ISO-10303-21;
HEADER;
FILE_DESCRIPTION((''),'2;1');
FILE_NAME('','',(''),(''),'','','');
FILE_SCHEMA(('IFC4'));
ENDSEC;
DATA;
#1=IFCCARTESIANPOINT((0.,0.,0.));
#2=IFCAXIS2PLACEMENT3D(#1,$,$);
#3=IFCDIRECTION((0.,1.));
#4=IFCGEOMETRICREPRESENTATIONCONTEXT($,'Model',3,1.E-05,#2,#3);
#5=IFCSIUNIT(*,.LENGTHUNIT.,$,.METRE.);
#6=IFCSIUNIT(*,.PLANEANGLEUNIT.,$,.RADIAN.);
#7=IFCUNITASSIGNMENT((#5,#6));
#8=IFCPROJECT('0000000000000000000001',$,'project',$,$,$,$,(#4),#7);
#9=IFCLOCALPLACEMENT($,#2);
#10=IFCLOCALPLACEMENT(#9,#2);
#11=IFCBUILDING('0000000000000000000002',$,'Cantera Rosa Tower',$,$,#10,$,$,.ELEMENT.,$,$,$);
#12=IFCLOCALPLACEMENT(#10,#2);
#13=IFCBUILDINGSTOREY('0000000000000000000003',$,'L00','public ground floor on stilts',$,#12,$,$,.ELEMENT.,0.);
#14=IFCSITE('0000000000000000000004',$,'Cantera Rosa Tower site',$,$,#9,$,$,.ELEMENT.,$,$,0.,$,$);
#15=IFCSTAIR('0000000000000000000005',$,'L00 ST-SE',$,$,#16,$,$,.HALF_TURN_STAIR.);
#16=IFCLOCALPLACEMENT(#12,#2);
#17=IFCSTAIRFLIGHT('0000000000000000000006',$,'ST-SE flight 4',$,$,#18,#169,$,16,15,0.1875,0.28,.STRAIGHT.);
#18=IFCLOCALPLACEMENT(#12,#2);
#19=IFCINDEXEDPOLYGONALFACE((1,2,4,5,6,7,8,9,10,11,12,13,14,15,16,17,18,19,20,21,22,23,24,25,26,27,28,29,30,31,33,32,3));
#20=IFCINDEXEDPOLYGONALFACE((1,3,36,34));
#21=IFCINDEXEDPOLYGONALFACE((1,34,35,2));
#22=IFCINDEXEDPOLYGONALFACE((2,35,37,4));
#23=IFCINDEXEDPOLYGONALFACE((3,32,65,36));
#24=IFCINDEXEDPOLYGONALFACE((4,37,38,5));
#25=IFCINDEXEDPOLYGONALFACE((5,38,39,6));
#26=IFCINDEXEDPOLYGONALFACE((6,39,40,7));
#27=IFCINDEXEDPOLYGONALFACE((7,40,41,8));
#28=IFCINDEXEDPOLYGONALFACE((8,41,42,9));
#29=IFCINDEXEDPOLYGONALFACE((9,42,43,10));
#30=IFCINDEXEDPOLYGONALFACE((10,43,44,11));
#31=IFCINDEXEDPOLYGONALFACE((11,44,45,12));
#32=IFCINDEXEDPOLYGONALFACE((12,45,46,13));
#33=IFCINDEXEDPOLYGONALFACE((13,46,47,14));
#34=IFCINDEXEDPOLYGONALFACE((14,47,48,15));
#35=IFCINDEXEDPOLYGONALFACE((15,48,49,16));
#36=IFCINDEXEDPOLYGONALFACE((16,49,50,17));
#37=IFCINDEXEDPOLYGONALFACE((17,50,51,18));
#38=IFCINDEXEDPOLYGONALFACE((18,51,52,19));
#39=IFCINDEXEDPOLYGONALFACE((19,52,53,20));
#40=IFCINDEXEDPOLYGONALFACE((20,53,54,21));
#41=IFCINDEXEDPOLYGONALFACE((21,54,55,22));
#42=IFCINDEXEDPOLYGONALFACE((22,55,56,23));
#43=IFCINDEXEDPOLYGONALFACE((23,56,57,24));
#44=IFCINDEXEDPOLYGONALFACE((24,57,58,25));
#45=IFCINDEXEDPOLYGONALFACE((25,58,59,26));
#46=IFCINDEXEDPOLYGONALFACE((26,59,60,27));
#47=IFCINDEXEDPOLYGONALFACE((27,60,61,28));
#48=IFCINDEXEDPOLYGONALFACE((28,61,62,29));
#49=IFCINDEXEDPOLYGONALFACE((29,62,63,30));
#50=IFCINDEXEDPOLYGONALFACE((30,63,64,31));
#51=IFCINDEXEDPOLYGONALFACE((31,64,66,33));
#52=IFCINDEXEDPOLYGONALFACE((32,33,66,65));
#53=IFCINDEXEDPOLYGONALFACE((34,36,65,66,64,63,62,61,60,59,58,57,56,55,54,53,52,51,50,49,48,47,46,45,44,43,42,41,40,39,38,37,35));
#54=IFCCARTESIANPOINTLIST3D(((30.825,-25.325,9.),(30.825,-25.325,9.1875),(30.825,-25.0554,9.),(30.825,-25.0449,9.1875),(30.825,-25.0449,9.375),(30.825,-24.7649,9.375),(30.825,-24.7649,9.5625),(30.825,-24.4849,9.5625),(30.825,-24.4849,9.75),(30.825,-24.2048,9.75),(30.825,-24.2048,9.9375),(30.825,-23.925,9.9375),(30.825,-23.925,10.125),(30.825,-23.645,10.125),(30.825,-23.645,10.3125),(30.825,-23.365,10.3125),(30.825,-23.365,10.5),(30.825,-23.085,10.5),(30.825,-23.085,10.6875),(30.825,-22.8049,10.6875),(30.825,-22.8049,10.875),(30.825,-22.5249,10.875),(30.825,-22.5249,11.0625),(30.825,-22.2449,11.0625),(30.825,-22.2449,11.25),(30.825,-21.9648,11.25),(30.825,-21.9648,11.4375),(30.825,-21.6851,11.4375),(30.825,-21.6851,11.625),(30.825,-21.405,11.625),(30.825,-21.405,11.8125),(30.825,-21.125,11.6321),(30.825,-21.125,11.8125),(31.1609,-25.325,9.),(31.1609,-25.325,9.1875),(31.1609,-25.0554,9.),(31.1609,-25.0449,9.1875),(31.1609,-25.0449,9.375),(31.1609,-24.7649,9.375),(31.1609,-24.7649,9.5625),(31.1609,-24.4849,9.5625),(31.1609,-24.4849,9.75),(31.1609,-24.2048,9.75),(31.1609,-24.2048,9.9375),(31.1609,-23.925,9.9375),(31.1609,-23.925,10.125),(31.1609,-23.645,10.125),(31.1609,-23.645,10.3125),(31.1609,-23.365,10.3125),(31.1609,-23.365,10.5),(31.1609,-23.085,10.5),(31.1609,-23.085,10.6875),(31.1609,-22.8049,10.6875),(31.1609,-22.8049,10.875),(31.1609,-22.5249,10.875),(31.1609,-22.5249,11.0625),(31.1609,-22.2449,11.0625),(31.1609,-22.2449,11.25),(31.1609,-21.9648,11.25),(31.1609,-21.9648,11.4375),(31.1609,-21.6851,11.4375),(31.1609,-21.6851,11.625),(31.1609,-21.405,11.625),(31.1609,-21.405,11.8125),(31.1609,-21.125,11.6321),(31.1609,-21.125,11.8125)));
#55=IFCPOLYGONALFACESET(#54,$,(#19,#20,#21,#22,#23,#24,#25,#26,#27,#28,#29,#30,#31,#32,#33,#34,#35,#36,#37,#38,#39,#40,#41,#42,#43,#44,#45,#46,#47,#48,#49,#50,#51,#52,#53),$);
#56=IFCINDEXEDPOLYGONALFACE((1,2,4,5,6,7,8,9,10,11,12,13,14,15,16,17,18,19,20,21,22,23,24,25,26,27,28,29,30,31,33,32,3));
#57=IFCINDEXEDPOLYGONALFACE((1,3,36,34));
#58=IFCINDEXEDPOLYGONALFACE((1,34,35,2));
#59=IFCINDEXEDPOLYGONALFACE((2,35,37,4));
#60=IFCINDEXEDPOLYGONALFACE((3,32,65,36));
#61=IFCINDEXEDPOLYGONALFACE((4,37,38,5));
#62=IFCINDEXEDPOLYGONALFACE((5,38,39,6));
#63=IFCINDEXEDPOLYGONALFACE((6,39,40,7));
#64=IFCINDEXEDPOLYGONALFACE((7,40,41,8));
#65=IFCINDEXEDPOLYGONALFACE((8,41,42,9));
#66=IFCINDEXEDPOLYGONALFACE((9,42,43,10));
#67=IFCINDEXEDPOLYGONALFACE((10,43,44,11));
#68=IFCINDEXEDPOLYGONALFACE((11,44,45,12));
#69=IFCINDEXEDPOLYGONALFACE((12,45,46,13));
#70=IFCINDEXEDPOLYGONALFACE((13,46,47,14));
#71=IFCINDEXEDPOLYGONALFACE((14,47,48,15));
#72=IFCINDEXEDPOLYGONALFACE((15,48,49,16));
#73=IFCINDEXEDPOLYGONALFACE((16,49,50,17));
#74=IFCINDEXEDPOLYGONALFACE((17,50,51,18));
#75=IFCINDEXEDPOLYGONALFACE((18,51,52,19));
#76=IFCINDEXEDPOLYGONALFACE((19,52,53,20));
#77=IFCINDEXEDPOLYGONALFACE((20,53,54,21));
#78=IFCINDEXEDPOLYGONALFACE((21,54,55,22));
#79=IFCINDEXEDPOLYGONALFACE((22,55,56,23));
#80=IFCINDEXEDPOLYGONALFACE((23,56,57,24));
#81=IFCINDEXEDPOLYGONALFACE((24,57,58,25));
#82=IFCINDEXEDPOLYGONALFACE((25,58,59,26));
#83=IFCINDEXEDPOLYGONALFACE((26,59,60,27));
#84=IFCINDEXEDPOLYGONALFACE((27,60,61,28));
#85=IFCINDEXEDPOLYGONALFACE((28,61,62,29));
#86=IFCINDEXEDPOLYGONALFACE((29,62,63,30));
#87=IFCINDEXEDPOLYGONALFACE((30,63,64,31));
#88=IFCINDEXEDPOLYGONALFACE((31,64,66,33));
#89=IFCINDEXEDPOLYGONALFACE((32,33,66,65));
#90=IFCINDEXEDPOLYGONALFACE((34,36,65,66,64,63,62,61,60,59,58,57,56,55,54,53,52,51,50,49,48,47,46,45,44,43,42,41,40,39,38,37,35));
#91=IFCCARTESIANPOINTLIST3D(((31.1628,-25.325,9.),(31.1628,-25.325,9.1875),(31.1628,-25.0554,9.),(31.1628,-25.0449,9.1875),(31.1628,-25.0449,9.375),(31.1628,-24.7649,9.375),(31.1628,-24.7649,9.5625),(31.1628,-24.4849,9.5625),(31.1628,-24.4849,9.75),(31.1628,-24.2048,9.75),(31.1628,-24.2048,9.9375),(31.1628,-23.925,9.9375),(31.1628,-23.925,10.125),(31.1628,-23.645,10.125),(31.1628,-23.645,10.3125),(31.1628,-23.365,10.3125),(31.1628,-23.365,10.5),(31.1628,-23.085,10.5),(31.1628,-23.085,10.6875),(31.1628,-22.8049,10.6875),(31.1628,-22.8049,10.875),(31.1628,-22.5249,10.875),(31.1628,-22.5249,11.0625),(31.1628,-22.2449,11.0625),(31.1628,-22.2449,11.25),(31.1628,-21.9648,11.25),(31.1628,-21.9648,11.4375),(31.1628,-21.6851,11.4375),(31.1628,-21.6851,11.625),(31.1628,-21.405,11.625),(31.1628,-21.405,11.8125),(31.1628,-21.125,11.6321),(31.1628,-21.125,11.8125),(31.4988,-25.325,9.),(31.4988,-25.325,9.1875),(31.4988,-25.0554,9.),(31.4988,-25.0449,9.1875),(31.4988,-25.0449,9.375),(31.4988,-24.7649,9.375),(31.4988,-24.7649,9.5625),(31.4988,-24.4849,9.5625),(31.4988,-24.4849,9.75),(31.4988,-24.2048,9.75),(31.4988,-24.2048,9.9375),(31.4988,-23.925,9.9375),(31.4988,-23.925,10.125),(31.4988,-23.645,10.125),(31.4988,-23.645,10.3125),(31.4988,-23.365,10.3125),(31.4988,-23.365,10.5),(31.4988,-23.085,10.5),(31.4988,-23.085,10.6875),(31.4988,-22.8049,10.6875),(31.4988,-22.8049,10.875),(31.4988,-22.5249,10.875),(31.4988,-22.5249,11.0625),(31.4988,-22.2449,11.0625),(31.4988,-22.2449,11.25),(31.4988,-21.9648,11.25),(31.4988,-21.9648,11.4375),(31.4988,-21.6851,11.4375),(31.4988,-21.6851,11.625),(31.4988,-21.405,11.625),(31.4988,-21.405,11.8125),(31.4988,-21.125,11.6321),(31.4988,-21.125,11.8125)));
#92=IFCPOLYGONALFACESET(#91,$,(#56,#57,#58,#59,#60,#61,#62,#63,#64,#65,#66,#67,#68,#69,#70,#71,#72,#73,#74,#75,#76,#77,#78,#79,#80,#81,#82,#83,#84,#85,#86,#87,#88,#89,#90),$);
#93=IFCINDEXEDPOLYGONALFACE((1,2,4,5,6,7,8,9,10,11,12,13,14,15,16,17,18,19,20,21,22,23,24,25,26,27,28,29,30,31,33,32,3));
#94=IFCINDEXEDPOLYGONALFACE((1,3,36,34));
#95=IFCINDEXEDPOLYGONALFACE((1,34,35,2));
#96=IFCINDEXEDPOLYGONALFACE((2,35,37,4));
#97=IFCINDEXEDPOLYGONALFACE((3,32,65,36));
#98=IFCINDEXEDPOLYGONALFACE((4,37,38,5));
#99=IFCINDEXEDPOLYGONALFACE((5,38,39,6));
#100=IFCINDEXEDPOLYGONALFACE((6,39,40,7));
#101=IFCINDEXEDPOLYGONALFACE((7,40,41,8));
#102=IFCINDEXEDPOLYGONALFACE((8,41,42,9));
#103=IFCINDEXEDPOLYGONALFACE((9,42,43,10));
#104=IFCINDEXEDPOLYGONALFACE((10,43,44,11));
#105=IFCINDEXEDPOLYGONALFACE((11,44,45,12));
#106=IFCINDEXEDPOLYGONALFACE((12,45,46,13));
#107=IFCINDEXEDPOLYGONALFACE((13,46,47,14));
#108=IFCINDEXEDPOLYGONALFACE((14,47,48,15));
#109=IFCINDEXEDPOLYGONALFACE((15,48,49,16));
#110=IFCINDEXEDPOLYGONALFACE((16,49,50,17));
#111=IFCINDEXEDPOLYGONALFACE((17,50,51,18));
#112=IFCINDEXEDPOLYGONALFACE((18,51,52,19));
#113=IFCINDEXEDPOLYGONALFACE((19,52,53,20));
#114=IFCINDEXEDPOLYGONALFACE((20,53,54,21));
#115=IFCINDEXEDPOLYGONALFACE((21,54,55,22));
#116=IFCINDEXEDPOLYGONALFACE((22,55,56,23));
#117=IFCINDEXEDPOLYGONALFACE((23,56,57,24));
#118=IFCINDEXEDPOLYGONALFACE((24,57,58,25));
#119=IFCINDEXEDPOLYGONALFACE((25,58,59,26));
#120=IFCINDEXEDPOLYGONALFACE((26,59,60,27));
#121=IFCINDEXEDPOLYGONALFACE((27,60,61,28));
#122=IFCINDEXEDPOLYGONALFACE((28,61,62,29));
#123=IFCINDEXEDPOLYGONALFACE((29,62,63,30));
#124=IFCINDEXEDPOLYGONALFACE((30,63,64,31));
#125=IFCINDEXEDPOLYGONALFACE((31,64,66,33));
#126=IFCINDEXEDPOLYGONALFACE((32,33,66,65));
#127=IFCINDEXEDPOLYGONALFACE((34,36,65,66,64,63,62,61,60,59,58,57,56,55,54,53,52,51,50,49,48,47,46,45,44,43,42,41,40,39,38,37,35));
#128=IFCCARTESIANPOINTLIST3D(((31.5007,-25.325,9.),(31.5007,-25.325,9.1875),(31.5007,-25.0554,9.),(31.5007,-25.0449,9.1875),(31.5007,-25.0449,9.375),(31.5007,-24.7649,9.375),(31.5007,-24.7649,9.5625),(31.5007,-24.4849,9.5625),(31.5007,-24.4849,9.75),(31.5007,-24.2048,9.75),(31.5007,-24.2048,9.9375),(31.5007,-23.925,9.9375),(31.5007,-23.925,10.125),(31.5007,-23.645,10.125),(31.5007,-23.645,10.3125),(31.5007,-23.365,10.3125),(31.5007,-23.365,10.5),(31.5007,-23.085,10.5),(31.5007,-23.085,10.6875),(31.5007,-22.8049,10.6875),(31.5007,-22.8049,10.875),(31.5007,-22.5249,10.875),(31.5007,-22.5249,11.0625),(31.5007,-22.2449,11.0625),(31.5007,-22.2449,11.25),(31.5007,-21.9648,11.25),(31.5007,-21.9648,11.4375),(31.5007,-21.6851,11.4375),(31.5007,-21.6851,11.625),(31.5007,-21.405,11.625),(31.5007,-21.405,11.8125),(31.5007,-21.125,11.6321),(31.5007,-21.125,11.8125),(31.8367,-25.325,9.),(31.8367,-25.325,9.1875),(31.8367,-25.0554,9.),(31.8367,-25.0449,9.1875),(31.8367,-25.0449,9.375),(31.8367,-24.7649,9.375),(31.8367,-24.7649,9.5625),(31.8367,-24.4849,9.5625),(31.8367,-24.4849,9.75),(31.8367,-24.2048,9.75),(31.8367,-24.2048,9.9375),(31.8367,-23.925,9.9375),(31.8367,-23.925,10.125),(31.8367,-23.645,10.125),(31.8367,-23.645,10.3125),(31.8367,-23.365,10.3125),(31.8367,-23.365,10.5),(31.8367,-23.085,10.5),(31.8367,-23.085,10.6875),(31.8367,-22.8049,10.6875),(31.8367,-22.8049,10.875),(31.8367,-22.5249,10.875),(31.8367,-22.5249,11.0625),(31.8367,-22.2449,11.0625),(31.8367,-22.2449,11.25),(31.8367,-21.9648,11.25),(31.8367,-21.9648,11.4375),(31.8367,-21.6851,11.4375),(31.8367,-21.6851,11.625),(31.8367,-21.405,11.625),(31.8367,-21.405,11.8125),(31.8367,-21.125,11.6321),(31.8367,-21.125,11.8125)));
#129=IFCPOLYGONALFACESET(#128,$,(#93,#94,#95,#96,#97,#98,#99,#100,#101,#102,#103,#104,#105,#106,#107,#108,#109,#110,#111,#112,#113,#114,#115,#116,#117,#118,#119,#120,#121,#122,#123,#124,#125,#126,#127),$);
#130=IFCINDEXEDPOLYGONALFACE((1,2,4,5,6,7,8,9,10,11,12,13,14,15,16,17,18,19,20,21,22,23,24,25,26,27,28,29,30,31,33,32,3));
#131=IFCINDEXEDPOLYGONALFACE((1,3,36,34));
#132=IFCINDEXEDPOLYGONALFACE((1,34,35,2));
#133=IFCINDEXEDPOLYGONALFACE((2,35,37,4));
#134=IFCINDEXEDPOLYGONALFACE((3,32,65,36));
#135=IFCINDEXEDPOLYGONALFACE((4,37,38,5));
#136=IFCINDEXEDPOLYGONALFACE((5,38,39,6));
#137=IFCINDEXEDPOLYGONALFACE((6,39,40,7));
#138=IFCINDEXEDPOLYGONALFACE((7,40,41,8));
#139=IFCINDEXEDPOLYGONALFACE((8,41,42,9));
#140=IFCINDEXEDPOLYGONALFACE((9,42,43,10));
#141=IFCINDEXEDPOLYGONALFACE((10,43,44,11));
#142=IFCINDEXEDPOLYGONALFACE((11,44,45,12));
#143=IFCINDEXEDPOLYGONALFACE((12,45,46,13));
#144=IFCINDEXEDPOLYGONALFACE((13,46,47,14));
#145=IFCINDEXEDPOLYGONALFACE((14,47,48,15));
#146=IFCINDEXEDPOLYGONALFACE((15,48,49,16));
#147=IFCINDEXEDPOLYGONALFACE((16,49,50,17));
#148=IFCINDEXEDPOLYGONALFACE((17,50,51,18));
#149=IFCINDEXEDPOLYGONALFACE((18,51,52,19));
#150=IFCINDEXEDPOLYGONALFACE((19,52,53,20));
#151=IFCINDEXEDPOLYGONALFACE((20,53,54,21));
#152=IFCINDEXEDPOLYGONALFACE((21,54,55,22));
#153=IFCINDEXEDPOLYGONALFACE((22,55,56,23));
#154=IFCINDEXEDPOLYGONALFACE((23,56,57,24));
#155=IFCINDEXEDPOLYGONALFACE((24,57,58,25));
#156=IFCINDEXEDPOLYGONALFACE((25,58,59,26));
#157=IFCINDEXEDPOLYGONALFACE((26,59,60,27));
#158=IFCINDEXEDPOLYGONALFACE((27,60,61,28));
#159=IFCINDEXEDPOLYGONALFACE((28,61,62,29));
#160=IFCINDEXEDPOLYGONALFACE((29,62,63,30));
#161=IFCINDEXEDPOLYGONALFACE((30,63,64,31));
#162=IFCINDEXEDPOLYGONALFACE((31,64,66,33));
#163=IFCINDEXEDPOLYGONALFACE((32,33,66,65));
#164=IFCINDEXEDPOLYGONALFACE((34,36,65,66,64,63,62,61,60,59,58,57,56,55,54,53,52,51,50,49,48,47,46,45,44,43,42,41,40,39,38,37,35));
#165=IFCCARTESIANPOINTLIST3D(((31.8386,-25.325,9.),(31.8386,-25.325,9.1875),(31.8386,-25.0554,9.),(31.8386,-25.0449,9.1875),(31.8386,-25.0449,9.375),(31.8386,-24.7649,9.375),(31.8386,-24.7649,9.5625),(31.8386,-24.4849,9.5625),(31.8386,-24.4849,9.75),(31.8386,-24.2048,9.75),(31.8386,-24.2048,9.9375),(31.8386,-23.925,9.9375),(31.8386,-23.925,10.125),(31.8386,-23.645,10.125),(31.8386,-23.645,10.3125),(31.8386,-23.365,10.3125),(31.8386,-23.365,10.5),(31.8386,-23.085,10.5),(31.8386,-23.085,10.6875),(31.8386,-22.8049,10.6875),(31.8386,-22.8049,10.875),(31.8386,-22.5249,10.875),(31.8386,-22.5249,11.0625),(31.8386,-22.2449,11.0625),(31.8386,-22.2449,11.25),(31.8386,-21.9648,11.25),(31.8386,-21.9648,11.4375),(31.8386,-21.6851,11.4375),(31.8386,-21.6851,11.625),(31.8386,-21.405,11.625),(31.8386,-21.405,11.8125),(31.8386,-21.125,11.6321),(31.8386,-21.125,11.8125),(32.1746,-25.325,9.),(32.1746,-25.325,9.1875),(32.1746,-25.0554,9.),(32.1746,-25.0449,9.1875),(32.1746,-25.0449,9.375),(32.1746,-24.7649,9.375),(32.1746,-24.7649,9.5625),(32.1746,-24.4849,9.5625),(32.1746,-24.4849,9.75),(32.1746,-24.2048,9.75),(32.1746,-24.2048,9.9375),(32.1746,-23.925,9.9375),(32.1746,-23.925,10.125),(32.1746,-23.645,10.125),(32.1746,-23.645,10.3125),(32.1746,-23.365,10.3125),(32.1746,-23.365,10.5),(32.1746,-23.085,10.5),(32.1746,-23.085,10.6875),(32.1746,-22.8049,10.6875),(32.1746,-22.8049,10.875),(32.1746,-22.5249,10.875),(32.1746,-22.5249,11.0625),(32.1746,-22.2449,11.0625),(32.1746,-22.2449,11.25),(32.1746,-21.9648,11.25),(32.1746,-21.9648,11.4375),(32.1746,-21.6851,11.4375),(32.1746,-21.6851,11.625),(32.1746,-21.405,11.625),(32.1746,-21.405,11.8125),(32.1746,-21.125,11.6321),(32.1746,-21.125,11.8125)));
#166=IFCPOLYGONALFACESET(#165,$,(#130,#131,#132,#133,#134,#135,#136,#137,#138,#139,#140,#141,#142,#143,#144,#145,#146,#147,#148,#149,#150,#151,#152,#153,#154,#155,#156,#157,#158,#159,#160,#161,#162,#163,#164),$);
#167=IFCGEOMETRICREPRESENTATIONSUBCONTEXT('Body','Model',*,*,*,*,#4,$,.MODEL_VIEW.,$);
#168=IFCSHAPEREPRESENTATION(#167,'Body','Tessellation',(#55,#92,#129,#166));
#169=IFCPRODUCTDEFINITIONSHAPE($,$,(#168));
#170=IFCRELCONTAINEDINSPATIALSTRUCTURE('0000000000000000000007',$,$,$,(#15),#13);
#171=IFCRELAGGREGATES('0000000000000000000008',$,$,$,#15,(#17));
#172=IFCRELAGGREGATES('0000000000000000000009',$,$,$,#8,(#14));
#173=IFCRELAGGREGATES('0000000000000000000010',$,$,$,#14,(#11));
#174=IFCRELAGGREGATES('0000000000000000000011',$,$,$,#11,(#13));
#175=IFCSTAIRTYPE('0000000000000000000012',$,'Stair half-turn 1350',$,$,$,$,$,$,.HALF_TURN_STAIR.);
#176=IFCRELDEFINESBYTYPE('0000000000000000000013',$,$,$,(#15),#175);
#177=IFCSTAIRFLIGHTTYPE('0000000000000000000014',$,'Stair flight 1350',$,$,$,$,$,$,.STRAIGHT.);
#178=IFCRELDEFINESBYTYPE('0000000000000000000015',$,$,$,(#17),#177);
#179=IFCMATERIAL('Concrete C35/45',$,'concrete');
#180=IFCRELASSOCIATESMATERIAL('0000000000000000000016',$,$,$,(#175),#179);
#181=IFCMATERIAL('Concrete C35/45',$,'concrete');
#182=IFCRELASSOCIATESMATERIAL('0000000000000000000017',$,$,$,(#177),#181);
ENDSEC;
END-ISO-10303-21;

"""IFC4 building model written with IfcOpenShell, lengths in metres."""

from ifc_helpers import new_model, si_unit, direction, frame, origin, place, context, subcontext, project, spatial, polyline, outline, extrude, material, type_object, element, aggregate, save


model = new_model("IFC4")

# Units and contexts
model_context = context("Model", 3, precision=1e-05, world=origin(), true_north=direction((0.0, 1.0)))
body_context = subcontext(model_context, "Body", "Model", "MODEL_VIEW")
ifc_project = project(units=[si_unit("LENGTHUNIT", "METRE"), si_unit("PLANEANGLEUNIT", "RADIAN")], contexts=[model_context])

# Site, building, storey
site_placement = place(None, origin())
site = spatial("IfcSite", under=ifc_project, at=site_placement, Name="Cantera Rosa Tower site", CompositionType="ELEMENT", RefElevation=0.0)
building_placement = place(site_placement, origin())
building = spatial("IfcBuilding", under=site, at=building_placement, Name="Cantera Rosa Tower", CompositionType="ELEMENT")
storey_placement = place(building_placement, origin())
storey = spatial("IfcBuildingStorey", under=building, at=storey_placement, Name="L00", Description="public ground floor on stilts", CompositionType="ELEMENT", Elevation=0.0)

# Stair, stair flight
ifc_material_1 = material(Name="Concrete C35/45", Category="concrete")
stair_type = type_object("IfcStairType", Name="Stair half-turn 1350", PredefinedType="HALF_TURN_STAIR", material=ifc_material_1)
stair_placement = place(storey_placement, origin())
stair = element("IfcStair", 1, at=stair_placement, inside=storey, type_object=stair_type, Name="L00 ST-SE", PredefinedType="HALF_TURN_STAIR")
ifc_material_2 = material(Name="Concrete C35/45", Category="concrete")
stair_flight_type = type_object("IfcStairFlightType", Name="Stair flight 1350", PredefinedType="STRAIGHT", material=ifc_material_2)
stair_flight_1_placement = place(storey_placement, frame((31.5, -25.325, 9.0), z_axis=(0.0, 0.0, 1.0), x_axis=(0.0, 1.0, 0.0)))
stair_flight_1 = element("IfcStairFlight", 2, at=stair_flight_1_placement, type_object=stair_flight_type, Name="ST-SE flight 4", NumberOfRisers=16, NumberOfTreads=15, PredefinedType="STRAIGHT", RiserHeight=0.1875, TreadLength=0.28, context=body_context, shape_type="SweptSolid", body=[
    extrude(outline(polyline([(0.0, 0.0), (0.0, 0.1875), (0.28, 0.1875), (0.28, 0.375), (0.5601, 0.375), (0.5601, 0.5625), (0.8401, 0.5625), (0.8401, 0.75), (1.1201, 0.75), (1.1201, 0.9375), (1.3999, 0.9375), (1.3999, 1.125), (1.6799, 1.125), (1.6799, 1.3125), (1.96, 1.3125), (1.96, 1.5), (2.24, 1.5), (2.24, 1.6875), (2.52, 1.6875), (2.52, 1.875), (2.8, 1.875), (2.8, 2.0625), (3.0801, 2.0625), (3.0801, 2.25), (3.3601, 2.25), (3.3601, 2.4375), (3.6399, 2.4375), (3.6399, 2.625), (3.9199, 2.625), (3.9199, 2.8125), (4.2, 2.8125), (4.2, 3.0), (4.2, 2.6321), (0.2695, 0.0), (0.0, 0.0)])), frame((0.0, 0.675, 0.0), z_axis=(0.0, -1.0, 0.0), x_axis=(1.0, 0.0, 0.0)), (0.0, 0.0, 1.0), 0.3359),
    extrude(outline(polyline([(0.0, 0.0), (0.0, 0.1875), (0.28, 0.1875), (0.28, 0.375), (0.5601, 0.375), (0.5601, 0.5625), (0.8401, 0.5625), (0.8401, 0.75), (1.1201, 0.75), (1.1201, 0.9375), (1.3999, 0.9375), (1.3999, 1.125), (1.6799, 1.125), (1.6799, 1.3125), (1.96, 1.3125), (1.96, 1.5), (2.24, 1.5), (2.24, 1.6875), (2.52, 1.6875), (2.52, 1.875), (2.8, 1.875), (2.8, 2.0625), (3.0801, 2.0625), (3.0801, 2.25), (3.3601, 2.25), (3.3601, 2.4375), (3.6399, 2.4375), (3.6399, 2.625), (3.9199, 2.625), (3.9199, 2.8125), (4.2, 2.8125), (4.2, 3.0), (4.2, 2.6321), (0.2695, 0.0), (0.0, 0.0)])), frame((0.0, 0.3372, 0.0), z_axis=(0.0, -1.0, 0.0), x_axis=(1.0, 0.0, 0.0)), (0.0, 0.0, 1.0), 0.3359),
    extrude(outline(polyline([(0.0, 0.0), (0.0, 0.1875), (0.28, 0.1875), (0.28, 0.375), (0.5601, 0.375), (0.5601, 0.5625), (0.8401, 0.5625), (0.8401, 0.75), (1.1201, 0.75), (1.1201, 0.9375), (1.3999, 0.9375), (1.3999, 1.125), (1.6799, 1.125), (1.6799, 1.3125), (1.96, 1.3125), (1.96, 1.5), (2.24, 1.5), (2.24, 1.6875), (2.52, 1.6875), (2.52, 1.875), (2.8, 1.875), (2.8, 2.0625), (3.0801, 2.0625), (3.0801, 2.25), (3.3601, 2.25), (3.3601, 2.4375), (3.6399, 2.4375), (3.6399, 2.625), (3.9199, 2.625), (3.9199, 2.8125), (4.2, 2.8125), (4.2, 3.0), (4.2, 2.6321), (0.2695, 0.0), (0.0, 0.0)])), frame((0.0, -0.0007, 0.0), z_axis=(0.0, -1.0, 0.0), x_axis=(1.0, 0.0, 0.0)), (0.0, 0.0, 1.0), 0.3359),
    extrude(outline(polyline([(0.0, 0.0), (0.0, 0.1875), (0.28, 0.1875), (0.28, 0.375), (0.5601, 0.375), (0.5601, 0.5625), (0.8401, 0.5625), (0.8401, 0.75), (1.1201, 0.75), (1.1201, 0.9375), (1.3999, 0.9375), (1.3999, 1.125), (1.6799, 1.125), (1.6799, 1.3125), (1.96, 1.3125), (1.96, 1.5), (2.24, 1.5), (2.24, 1.6875), (2.52, 1.6875), (2.52, 1.875), (2.8, 1.875), (2.8, 2.0625), (3.0801, 2.0625), (3.0801, 2.25), (3.3601, 2.25), (3.3601, 2.4375), (3.6399, 2.4375), (3.6399, 2.625), (3.9199, 2.625), (3.9199, 2.8125), (4.2, 2.8125), (4.2, 3.0), (4.2, 2.6321), (0.2695, 0.0), (0.0, 0.0)])), frame((0.0, -0.3386, 0.0), z_axis=(0.0, -1.0, 0.0), x_axis=(1.0, 0.0, 0.0)), (0.0, 0.0, 1.0), 0.3359),
])
aggregate(stair, [stair_flight_1])

save(model, "model.ifc")
